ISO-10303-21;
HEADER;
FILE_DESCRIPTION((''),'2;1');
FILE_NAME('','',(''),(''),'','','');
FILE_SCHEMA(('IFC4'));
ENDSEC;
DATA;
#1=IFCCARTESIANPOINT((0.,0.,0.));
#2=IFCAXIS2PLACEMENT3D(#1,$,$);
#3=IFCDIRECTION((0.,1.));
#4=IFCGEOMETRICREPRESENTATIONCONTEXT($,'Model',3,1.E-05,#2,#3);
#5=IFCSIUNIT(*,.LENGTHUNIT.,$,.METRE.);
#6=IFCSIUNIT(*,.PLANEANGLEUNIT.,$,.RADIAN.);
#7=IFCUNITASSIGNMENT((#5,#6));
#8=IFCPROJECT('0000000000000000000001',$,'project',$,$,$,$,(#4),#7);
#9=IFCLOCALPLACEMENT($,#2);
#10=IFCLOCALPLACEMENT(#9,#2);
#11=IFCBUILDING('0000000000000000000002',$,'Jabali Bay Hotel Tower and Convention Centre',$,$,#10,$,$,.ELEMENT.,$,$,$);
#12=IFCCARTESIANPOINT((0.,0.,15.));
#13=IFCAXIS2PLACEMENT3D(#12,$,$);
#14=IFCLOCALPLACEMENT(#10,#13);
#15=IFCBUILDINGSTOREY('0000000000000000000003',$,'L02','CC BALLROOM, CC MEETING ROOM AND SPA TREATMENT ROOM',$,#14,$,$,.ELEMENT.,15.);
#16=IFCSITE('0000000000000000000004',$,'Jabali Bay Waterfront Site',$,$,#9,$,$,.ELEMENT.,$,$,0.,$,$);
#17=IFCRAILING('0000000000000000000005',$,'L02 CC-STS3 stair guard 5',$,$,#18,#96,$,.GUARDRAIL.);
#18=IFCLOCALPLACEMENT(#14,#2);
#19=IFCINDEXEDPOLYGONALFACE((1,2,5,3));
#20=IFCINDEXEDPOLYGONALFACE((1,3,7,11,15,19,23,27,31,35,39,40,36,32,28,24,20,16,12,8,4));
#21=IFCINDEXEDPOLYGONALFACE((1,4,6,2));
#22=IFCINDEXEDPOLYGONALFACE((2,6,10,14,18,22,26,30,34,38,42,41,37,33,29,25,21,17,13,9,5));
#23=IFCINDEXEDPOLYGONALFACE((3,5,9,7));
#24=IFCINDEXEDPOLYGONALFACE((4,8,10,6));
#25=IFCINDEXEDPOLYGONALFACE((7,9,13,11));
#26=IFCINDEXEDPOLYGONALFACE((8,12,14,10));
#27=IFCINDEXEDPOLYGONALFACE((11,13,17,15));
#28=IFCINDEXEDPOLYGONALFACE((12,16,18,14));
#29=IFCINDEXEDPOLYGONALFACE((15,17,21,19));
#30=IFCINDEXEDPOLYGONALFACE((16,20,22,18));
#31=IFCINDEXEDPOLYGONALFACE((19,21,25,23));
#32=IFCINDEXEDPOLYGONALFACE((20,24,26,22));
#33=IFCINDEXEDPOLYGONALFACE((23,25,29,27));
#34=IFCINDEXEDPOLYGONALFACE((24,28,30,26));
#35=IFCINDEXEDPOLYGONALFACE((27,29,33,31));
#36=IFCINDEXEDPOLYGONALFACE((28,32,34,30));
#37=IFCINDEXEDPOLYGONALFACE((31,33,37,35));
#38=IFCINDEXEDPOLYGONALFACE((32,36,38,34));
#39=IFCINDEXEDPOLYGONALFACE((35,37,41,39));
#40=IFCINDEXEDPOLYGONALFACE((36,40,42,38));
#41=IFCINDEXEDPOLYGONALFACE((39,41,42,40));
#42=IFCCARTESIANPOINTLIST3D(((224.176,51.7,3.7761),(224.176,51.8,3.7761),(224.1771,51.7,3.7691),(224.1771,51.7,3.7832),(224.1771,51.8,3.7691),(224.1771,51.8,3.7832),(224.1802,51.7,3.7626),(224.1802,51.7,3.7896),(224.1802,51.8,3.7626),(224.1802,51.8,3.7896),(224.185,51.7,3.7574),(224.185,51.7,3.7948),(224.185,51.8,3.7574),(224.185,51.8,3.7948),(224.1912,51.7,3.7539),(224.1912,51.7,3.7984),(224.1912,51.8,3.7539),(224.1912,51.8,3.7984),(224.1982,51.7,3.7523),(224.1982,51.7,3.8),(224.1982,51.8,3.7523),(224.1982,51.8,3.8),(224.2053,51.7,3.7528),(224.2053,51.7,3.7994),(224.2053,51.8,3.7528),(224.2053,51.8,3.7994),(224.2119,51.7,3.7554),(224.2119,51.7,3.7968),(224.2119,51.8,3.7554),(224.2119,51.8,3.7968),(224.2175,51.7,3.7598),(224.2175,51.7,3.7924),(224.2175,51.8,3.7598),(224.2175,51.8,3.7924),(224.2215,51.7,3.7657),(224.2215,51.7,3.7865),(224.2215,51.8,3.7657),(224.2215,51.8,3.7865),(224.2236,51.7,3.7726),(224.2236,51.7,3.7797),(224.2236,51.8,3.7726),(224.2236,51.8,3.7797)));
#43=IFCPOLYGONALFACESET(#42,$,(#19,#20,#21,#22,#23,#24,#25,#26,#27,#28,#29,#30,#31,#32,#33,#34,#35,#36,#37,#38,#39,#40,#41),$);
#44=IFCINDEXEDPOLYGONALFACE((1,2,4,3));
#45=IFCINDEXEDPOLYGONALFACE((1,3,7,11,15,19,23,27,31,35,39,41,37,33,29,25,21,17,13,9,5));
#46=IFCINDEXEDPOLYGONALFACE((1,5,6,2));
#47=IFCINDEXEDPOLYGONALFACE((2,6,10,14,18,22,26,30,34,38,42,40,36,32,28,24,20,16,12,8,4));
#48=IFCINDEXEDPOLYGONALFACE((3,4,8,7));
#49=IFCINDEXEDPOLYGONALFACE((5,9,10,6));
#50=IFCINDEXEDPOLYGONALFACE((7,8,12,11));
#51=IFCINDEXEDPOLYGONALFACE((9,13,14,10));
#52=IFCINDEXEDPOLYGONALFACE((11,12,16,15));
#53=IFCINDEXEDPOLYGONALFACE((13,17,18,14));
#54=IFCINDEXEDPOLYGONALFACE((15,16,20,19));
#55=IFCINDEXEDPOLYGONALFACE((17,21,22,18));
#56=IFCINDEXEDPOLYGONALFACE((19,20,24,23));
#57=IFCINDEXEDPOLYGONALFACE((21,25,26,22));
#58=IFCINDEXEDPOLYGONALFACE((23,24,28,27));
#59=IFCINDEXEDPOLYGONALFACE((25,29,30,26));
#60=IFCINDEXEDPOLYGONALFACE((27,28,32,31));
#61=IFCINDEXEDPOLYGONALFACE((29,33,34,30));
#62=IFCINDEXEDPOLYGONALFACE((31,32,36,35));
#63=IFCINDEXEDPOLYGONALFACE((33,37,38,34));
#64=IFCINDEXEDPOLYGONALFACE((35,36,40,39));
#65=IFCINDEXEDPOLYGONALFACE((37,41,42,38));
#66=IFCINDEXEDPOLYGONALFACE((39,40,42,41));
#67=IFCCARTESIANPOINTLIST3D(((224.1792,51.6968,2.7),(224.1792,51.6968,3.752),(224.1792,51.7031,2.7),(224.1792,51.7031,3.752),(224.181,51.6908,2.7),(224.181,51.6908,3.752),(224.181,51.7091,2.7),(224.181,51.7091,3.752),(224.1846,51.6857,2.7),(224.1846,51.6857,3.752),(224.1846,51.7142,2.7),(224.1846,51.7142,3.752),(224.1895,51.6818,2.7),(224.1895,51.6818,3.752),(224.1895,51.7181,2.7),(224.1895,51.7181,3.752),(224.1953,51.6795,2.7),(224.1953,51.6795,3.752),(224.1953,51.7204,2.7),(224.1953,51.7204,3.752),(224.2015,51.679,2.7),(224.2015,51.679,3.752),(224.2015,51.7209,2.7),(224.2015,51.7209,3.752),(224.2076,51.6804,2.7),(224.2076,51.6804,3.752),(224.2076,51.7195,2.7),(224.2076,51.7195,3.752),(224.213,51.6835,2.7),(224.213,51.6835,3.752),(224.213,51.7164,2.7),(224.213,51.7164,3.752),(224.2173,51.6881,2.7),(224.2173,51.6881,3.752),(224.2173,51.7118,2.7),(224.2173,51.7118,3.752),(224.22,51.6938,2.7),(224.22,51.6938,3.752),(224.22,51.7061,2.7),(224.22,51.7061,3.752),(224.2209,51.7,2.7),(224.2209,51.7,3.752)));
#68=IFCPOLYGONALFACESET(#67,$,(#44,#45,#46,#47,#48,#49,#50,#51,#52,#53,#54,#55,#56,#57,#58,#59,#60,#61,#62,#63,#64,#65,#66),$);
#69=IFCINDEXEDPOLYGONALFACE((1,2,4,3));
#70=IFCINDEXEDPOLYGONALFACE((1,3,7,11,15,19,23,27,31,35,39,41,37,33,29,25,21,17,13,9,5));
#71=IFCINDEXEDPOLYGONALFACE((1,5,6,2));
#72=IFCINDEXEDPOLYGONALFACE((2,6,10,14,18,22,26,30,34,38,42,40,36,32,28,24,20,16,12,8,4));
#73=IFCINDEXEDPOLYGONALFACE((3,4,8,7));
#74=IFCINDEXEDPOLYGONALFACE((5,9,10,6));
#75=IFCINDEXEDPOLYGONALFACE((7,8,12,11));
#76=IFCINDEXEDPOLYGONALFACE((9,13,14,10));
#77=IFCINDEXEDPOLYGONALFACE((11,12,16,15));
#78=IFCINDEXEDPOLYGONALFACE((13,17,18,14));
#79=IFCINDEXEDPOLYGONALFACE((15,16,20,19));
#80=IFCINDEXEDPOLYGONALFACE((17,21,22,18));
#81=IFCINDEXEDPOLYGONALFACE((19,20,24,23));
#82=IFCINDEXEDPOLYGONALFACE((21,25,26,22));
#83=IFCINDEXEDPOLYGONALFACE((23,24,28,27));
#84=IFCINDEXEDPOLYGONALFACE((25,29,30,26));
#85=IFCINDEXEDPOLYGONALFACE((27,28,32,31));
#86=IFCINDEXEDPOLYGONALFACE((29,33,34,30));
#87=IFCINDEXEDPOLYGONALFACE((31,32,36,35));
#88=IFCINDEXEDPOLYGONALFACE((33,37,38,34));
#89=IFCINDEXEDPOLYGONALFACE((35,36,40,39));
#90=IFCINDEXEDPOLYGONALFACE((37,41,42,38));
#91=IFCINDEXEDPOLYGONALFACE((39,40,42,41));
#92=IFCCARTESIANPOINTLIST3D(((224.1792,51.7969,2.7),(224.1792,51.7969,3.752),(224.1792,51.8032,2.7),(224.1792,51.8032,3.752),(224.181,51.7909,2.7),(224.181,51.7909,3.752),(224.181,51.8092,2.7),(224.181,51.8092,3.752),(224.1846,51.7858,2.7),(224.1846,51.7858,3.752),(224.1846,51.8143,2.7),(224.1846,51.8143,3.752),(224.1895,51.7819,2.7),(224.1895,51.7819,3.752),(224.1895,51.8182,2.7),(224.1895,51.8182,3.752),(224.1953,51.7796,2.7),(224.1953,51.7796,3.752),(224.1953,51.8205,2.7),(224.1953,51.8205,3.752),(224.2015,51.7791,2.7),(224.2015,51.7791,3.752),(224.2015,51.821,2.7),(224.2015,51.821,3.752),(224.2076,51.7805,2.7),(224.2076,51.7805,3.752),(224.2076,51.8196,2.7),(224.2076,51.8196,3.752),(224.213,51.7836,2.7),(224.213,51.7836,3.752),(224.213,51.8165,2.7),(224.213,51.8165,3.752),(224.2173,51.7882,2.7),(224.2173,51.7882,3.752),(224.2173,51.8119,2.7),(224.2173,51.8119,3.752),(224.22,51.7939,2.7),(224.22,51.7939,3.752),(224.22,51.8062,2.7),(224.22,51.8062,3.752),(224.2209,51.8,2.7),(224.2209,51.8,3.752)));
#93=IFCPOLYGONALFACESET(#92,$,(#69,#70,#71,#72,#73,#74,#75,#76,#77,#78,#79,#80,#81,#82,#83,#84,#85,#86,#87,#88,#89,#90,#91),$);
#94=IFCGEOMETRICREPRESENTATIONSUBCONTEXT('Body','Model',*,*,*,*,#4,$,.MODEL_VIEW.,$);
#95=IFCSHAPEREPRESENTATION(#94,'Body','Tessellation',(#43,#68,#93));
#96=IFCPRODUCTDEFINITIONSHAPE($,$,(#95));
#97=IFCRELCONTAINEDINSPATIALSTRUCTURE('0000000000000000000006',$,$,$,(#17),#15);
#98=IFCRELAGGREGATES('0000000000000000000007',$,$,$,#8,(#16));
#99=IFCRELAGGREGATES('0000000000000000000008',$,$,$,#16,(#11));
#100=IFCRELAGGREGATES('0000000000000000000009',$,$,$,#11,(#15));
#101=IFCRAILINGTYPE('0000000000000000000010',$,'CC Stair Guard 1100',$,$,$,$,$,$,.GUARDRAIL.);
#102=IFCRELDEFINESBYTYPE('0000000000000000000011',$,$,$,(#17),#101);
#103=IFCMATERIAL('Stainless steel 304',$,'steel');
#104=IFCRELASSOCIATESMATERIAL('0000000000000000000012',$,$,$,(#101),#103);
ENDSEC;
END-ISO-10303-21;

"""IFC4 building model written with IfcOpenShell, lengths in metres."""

from ifc_helpers import new_model, si_unit, direction, frame, origin, origin_2d, place, context, subcontext, project, spatial, circle, extrude, material, type_object, element, save


model = new_model("IFC4")

# Units and contexts
model_context = context("Model", 3, precision=1e-05, world=origin(), true_north=direction((0.0, 1.0)))
body_context = subcontext(model_context, "Body", "Model", "MODEL_VIEW")
ifc_project = project(units=[si_unit("LENGTHUNIT", "METRE"), si_unit("PLANEANGLEUNIT", "RADIAN")], contexts=[model_context])

# Site, building, storey
site_placement = place(None, origin())
site = spatial("IfcSite", under=ifc_project, at=site_placement, Name="Jabali Bay Waterfront Site", CompositionType="ELEMENT", RefElevation=0.0)
building_placement = place(site_placement, origin())
building = spatial("IfcBuilding", under=site, at=building_placement, Name="Jabali Bay Hotel Tower and Convention Centre", CompositionType="ELEMENT")
storey_placement = place(building_placement, frame((0.0, 0.0, 15.0)))
storey = spatial("IfcBuildingStorey", under=building, at=storey_placement, Name="L02", Description="CC BALLROOM, CC MEETING ROOM AND SPA TREATMENT ROOM", CompositionType="ELEMENT", Elevation=15.0)

# Railing
ifc_material_1 = material(Name="Stainless steel 304", Category="steel")
railing_type_1 = type_object("IfcRailingType", Name="CC Stair Guard 1100", PredefinedType="GUARDRAIL", material=ifc_material_1)
railing_1_placement = place(storey_placement, frame((224.2, 51.7, 2.7)))
element("IfcRailing", 1, at=railing_1_placement, inside=storey, type_object=railing_type_1, Name="L02 CC-STS3 stair guard 5", PredefinedType="GUARDRAIL", context=body_context, shape_type="SweptSolid", body=[
    extrude(circle(Radius=0.0239, at=origin_2d()), frame((0.0, 0.0, 1.0762), z_axis=(0.0, 1.0, 0.0), x_axis=(-1.0, 0.0, 0.0)), (0.0, 0.0, 1.0), 0.1001),
    extrude(circle(Radius=0.021, at=origin_2d()), origin(), (0.0, 0.0, 1.0), 1.052),
    extrude(circle(Radius=0.021, at=origin_2d()), frame((0.0, 0.1001, 0.0)), (0.0, 0.0, 1.0), 1.052),
])

save(model, "model.ifc")
